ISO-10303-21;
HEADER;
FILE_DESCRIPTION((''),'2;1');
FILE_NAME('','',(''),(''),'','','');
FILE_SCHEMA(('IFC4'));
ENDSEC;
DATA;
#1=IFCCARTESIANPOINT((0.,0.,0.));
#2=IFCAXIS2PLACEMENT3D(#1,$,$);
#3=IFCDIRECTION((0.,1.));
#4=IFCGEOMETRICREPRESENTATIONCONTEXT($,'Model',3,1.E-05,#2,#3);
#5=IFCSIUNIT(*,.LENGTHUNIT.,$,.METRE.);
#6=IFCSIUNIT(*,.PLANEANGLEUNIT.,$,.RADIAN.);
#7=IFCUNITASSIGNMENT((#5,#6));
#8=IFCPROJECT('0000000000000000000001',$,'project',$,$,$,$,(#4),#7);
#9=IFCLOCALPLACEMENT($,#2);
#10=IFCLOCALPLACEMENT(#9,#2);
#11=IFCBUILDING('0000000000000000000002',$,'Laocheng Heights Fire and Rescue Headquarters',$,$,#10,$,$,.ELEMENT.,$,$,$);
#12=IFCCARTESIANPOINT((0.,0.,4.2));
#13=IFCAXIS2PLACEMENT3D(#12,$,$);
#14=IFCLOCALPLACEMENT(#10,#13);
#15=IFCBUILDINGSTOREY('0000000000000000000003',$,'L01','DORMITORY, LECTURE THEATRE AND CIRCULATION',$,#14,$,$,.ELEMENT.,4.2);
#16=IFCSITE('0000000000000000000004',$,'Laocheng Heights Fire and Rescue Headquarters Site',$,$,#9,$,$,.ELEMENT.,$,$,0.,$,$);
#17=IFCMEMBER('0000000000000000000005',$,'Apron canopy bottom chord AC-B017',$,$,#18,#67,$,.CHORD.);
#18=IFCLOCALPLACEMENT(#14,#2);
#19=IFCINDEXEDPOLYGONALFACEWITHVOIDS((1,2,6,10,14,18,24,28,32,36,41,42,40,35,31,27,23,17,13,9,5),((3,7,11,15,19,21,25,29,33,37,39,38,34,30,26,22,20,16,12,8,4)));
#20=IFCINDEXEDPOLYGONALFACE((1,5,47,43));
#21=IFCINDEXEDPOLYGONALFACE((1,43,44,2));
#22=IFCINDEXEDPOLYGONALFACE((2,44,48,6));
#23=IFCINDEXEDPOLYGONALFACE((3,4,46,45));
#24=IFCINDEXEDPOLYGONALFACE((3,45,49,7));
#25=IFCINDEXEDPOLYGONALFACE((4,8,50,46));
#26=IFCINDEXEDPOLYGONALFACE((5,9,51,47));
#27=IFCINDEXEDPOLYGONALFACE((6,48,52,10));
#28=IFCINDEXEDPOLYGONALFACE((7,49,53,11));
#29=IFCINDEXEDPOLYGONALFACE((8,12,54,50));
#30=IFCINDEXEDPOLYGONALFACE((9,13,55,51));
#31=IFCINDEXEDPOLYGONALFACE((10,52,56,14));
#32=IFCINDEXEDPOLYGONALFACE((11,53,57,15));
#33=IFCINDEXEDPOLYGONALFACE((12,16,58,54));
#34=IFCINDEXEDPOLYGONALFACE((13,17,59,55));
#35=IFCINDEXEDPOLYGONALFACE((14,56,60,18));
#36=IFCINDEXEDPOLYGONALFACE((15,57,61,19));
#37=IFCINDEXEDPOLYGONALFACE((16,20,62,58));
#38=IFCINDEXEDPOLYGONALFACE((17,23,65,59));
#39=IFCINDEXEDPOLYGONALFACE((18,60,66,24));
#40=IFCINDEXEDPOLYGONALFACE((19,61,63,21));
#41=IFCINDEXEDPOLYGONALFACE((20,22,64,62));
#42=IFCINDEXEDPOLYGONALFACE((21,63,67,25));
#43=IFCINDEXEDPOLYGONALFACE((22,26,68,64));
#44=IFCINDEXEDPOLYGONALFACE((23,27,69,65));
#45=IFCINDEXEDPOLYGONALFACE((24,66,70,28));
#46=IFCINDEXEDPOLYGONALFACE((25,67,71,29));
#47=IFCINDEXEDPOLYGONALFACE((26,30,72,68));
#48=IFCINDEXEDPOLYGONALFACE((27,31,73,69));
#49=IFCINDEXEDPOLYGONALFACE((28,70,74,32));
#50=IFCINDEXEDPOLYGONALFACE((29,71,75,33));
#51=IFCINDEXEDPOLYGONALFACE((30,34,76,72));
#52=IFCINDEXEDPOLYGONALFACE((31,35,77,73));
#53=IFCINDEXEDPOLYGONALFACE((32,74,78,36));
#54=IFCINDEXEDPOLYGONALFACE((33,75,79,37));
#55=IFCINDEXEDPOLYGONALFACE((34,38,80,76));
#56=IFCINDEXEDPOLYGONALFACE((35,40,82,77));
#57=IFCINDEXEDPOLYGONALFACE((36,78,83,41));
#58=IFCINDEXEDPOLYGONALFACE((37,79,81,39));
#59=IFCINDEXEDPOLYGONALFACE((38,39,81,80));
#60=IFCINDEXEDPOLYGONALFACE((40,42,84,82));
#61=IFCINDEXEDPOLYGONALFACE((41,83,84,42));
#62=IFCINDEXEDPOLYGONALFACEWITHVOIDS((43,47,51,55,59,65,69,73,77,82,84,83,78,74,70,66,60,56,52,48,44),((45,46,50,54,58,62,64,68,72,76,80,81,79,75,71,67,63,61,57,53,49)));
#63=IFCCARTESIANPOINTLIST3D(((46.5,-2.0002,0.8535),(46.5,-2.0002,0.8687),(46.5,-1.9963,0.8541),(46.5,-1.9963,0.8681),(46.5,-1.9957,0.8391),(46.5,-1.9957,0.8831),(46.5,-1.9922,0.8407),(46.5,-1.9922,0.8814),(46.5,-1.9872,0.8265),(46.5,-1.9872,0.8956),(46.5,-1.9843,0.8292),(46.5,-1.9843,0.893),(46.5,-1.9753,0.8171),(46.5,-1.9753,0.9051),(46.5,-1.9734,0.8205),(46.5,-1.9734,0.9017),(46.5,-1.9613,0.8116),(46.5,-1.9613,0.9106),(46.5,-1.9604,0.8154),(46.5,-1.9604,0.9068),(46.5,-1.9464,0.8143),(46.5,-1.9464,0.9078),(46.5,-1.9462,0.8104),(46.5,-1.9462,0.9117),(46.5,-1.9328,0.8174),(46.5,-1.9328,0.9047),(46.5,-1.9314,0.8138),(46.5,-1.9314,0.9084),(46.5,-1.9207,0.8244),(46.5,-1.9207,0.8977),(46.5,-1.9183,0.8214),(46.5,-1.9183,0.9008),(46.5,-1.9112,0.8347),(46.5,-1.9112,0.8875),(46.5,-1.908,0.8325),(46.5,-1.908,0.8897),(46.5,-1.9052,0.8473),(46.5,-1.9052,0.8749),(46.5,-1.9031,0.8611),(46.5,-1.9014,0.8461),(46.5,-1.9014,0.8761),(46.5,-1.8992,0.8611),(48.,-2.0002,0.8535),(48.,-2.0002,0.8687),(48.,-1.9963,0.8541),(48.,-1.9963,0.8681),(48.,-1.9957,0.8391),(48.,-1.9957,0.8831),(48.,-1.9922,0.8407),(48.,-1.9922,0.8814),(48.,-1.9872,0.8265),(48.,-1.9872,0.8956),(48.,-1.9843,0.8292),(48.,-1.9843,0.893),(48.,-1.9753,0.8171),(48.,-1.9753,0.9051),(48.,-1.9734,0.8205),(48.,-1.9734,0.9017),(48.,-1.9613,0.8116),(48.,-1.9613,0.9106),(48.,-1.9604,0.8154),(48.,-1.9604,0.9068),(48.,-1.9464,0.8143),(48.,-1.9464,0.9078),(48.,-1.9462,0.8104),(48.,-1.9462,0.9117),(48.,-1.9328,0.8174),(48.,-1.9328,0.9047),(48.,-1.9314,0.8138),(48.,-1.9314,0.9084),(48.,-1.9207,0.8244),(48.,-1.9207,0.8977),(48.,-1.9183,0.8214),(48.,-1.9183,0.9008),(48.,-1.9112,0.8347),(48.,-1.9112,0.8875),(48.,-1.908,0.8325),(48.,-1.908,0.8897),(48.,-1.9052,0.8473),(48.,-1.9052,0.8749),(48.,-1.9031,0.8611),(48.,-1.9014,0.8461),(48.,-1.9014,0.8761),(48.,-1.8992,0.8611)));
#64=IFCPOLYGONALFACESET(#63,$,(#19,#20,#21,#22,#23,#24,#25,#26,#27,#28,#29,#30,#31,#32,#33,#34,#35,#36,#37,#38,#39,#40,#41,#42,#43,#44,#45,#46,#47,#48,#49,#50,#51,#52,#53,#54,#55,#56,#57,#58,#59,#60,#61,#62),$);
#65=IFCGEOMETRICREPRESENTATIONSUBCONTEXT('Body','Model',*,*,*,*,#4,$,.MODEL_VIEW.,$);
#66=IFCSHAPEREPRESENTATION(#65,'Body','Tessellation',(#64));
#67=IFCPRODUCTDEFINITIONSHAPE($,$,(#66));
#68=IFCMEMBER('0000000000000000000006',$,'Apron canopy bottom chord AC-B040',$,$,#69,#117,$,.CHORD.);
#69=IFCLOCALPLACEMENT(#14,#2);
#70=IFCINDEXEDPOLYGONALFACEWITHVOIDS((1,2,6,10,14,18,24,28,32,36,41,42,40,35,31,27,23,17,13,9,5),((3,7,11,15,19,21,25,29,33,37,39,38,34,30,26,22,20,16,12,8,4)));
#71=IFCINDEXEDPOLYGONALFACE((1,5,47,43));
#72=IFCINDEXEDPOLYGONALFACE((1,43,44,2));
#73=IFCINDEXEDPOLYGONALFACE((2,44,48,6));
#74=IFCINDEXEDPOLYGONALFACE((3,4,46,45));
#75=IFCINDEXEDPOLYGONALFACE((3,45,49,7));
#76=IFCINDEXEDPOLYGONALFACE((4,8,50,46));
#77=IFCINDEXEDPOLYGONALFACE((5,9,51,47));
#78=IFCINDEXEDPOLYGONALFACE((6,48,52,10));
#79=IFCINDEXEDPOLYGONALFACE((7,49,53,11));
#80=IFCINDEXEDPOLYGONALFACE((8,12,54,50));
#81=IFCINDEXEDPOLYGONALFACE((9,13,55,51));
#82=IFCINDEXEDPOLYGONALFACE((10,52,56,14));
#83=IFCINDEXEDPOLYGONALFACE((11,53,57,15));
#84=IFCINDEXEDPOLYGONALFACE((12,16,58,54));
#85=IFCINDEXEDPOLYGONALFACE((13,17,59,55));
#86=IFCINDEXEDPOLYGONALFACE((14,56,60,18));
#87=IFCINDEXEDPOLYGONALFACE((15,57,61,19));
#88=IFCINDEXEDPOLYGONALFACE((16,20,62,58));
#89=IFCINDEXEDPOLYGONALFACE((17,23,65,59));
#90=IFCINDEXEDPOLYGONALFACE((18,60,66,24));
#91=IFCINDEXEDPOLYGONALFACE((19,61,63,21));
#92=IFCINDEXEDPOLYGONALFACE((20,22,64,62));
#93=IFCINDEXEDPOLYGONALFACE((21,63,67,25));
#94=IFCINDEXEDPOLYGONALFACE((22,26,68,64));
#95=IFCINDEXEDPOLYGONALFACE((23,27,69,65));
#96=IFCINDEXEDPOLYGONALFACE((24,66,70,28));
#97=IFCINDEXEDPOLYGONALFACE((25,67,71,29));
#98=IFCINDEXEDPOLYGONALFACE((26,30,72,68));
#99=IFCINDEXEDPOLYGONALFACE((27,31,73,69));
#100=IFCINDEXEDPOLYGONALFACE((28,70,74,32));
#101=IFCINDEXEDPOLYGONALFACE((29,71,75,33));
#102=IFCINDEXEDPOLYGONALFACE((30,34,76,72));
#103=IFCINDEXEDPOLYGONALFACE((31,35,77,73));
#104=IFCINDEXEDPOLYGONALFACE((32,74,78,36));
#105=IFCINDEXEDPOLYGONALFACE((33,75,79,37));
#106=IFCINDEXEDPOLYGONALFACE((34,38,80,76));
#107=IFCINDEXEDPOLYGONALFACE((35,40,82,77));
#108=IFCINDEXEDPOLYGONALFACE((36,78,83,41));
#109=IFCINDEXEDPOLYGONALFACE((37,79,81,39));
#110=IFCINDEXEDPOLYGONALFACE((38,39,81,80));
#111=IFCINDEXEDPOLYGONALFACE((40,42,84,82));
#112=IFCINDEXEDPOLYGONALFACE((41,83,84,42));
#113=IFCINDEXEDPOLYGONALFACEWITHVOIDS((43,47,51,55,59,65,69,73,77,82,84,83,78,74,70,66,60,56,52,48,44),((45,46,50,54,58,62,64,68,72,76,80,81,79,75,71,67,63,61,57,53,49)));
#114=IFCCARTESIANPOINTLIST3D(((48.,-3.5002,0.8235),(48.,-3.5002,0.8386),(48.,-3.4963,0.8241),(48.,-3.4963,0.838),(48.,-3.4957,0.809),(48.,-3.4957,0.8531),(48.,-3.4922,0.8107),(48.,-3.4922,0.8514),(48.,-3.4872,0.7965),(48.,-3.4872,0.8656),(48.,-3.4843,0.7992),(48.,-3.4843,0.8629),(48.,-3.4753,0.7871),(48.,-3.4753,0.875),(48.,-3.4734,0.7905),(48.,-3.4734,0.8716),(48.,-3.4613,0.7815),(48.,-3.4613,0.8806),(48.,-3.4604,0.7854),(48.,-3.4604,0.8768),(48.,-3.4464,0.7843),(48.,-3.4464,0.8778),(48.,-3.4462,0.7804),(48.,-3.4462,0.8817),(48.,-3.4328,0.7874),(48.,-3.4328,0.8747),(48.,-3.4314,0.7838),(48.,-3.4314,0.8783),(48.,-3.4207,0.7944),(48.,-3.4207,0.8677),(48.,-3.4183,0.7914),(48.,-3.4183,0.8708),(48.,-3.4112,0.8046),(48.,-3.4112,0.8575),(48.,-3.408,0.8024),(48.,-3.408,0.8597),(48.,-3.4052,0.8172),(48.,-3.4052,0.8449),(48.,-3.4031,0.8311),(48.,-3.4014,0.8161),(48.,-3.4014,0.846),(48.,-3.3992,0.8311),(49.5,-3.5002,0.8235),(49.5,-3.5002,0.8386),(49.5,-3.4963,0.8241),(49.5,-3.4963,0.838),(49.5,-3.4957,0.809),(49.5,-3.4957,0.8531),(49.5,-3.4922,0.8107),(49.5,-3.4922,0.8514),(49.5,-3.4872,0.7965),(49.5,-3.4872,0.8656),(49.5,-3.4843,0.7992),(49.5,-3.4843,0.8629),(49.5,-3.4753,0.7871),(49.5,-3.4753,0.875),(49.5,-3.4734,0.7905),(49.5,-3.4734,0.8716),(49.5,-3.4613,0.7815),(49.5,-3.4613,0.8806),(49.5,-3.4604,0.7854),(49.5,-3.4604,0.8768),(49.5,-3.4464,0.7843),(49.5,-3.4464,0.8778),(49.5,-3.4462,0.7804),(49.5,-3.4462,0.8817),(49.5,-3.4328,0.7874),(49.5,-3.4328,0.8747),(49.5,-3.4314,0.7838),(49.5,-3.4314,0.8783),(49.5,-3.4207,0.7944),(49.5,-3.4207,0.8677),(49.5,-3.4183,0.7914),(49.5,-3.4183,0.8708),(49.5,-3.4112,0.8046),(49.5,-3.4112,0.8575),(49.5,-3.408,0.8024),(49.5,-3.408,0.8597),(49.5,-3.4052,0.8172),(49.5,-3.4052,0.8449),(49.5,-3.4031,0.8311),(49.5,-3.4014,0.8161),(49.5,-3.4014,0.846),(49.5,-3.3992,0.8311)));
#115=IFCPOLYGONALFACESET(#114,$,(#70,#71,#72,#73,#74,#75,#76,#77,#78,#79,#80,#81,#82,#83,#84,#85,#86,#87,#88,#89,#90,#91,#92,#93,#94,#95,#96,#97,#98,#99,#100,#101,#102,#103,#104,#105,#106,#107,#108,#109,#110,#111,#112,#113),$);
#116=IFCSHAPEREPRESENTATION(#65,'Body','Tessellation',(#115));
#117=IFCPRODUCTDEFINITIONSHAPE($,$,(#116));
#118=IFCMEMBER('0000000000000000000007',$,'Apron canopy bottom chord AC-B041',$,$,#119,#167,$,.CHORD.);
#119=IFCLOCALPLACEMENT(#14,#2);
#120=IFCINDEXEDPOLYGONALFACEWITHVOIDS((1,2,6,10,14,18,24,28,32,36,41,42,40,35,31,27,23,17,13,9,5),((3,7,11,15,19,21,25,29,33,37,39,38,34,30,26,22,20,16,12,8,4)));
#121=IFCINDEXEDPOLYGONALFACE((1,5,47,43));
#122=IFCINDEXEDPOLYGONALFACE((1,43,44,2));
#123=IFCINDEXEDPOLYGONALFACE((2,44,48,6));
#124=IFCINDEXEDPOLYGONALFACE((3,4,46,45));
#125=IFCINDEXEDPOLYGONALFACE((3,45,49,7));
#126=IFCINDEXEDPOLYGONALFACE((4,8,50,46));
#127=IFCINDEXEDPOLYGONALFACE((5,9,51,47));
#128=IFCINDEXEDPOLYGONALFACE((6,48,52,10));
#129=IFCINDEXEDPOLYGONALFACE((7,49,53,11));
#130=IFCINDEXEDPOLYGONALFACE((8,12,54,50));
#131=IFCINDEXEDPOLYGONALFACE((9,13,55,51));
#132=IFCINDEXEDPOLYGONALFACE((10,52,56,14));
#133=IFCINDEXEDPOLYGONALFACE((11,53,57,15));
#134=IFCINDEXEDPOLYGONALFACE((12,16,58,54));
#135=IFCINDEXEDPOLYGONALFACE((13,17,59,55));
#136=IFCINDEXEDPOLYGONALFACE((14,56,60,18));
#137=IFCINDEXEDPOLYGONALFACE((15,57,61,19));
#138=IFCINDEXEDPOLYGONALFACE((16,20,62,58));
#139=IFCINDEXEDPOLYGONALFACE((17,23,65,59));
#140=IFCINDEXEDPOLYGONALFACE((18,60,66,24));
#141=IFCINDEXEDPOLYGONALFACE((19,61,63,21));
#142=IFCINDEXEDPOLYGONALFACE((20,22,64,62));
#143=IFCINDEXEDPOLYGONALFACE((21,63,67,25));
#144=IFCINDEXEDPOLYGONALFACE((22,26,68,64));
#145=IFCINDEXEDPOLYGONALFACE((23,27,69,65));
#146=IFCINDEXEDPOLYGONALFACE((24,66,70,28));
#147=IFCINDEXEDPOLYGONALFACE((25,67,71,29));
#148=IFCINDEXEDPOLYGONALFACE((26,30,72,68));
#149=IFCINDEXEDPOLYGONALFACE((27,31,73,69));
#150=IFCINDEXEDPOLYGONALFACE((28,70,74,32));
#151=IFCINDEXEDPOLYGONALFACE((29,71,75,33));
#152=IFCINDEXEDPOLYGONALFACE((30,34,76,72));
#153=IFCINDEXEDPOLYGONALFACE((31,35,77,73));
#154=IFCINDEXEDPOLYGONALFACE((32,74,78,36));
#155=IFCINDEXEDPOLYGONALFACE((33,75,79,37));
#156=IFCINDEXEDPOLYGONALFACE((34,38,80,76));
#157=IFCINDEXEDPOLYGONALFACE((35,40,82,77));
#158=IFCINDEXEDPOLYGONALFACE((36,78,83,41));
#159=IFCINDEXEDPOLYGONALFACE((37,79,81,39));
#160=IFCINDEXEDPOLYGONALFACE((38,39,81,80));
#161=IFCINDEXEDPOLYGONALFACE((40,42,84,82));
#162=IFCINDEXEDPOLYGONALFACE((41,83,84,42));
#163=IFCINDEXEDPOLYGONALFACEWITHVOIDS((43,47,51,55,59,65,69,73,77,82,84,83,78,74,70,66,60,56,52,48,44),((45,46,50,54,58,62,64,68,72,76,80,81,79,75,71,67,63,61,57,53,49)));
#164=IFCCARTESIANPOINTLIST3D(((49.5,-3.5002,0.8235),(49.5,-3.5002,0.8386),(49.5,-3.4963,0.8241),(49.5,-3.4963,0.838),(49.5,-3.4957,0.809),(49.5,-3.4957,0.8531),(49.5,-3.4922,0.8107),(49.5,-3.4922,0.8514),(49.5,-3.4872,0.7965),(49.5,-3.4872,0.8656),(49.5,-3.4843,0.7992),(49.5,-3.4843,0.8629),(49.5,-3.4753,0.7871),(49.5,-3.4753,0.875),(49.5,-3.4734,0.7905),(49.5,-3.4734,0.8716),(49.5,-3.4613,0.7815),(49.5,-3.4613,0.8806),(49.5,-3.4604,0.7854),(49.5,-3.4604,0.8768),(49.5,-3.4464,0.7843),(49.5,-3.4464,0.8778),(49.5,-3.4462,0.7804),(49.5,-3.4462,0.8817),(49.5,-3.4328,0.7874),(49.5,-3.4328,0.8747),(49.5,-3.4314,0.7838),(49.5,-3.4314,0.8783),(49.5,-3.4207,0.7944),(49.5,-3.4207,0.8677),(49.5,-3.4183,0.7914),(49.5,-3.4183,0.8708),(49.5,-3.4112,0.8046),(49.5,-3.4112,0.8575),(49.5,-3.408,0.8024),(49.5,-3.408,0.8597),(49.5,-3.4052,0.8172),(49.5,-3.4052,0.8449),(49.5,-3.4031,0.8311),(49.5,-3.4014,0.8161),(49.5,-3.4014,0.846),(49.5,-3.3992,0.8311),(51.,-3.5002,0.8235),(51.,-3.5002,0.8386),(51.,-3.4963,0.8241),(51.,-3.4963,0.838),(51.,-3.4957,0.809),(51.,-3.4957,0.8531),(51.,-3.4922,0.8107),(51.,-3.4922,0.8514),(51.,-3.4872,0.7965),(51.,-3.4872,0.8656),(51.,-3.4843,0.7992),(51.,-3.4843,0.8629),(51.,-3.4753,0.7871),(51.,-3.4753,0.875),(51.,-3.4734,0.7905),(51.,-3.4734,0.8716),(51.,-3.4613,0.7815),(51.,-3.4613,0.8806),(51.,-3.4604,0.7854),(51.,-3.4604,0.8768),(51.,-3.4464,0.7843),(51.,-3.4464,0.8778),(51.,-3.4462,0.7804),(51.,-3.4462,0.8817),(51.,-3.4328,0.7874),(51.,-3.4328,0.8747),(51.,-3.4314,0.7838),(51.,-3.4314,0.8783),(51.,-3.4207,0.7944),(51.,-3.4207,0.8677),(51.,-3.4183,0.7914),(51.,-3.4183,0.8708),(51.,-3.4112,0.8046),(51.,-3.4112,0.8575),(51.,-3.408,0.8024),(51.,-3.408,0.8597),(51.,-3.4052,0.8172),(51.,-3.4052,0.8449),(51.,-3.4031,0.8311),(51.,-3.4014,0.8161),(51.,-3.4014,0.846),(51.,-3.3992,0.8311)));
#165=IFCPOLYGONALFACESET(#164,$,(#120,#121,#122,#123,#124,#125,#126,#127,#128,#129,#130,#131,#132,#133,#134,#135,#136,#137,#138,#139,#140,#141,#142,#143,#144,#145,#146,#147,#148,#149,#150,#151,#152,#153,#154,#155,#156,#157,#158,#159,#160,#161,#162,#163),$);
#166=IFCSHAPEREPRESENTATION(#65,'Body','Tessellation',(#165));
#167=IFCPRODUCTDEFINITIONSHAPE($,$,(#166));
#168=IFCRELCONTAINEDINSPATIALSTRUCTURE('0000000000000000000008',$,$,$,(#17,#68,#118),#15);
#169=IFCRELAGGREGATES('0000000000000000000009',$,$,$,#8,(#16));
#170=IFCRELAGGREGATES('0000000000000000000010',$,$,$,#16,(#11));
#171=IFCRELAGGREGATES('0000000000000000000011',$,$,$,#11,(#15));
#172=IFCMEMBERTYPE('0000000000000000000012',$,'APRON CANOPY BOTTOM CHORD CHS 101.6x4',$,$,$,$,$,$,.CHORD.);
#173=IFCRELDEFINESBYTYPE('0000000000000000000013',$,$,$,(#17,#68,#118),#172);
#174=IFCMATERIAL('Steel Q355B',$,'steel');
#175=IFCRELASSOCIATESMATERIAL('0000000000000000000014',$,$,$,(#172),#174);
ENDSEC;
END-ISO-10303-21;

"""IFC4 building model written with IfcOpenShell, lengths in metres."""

from ifc_helpers import new_model, si_unit, direction, frame, origin, origin_2d, place, context, subcontext, project, spatial, hollow_circle, extrude, material, material_profile, profile_set, type_object, element, save


model = new_model("IFC4")

# Units and contexts
model_context = context("Model", 3, precision=1e-05, world=origin(), true_north=direction((0.0, 1.0)))
body_context = subcontext(model_context, "Body", "Model", "MODEL_VIEW")
ifc_project = project(units=[si_unit("LENGTHUNIT", "METRE"), si_unit("PLANEANGLEUNIT", "RADIAN")], contexts=[model_context])

# Site, building, storey
site_placement = place(None, origin())
site = spatial("IfcSite", under=ifc_project, at=site_placement, Name="Laocheng Heights Fire and Rescue Headquarters Site", CompositionType="ELEMENT", RefElevation=0.0)
building_placement = place(site_placement, origin())
building = spatial("IfcBuilding", under=site, at=building_placement, Name="Laocheng Heights Fire and Rescue Headquarters", CompositionType="ELEMENT")
storey_placement = place(building_placement, frame((0.0, 0.0, 4.2)))
storey = spatial("IfcBuildingStorey", under=building, at=storey_placement, Name="L01", Description="DORMITORY, LECTURE THEATRE AND CIRCULATION", CompositionType="ELEMENT", Elevation=4.2)

# Members
ifc_material_1 = material(Name="Steel Q355B", Category="steel")
ifc_material_profile_1 = material_profile(ifc_material_1, hollow_circle(Radius=0.0508, WallThickness=0.0039, at=origin_2d()), Name="CHS 101.6x4")
ifc_profile_set_1 = profile_set([ifc_material_profile_1], Name="Steel Q355B")
member_type_1 = type_object("IfcMemberType", Name="APRON CANOPY BOTTOM CHORD CHS 101.6x4", PredefinedType="CHORD", material=ifc_profile_set_1)
for number, where, z_axis, x_axis, name in (
    (1, (46.5, -1.95, 0.8611), (1.0, 0.0, 0.0), (0.0, 1.0, 0.0), "Apron canopy bottom chord AC-B017"),
    (2, (48.0, -3.45, 0.8311), (1.0, 0.0, 0.0), (0.0, 1.0, 0.0), "Apron canopy bottom chord AC-B040"),
    (3, (49.5, -3.45, 0.8311), (1.0, 0.0, 0.0), (0.0, 1.0, 0.0), "Apron canopy bottom chord AC-B041"),
):
    element("IfcMember", number, at=place(storey_placement, frame(where, z_axis=z_axis, x_axis=x_axis)), inside=storey, type_object=member_type_1, Name=name, PredefinedType="CHORD", context=body_context, shape_type="SweptSolid", body=[
        extrude(hollow_circle(Radius=0.0508, WallThickness=0.0039, at=origin_2d()), origin(), (0.0, 0.0, 1.0), 1.5),
    ])

save(model, "model.ifc")
